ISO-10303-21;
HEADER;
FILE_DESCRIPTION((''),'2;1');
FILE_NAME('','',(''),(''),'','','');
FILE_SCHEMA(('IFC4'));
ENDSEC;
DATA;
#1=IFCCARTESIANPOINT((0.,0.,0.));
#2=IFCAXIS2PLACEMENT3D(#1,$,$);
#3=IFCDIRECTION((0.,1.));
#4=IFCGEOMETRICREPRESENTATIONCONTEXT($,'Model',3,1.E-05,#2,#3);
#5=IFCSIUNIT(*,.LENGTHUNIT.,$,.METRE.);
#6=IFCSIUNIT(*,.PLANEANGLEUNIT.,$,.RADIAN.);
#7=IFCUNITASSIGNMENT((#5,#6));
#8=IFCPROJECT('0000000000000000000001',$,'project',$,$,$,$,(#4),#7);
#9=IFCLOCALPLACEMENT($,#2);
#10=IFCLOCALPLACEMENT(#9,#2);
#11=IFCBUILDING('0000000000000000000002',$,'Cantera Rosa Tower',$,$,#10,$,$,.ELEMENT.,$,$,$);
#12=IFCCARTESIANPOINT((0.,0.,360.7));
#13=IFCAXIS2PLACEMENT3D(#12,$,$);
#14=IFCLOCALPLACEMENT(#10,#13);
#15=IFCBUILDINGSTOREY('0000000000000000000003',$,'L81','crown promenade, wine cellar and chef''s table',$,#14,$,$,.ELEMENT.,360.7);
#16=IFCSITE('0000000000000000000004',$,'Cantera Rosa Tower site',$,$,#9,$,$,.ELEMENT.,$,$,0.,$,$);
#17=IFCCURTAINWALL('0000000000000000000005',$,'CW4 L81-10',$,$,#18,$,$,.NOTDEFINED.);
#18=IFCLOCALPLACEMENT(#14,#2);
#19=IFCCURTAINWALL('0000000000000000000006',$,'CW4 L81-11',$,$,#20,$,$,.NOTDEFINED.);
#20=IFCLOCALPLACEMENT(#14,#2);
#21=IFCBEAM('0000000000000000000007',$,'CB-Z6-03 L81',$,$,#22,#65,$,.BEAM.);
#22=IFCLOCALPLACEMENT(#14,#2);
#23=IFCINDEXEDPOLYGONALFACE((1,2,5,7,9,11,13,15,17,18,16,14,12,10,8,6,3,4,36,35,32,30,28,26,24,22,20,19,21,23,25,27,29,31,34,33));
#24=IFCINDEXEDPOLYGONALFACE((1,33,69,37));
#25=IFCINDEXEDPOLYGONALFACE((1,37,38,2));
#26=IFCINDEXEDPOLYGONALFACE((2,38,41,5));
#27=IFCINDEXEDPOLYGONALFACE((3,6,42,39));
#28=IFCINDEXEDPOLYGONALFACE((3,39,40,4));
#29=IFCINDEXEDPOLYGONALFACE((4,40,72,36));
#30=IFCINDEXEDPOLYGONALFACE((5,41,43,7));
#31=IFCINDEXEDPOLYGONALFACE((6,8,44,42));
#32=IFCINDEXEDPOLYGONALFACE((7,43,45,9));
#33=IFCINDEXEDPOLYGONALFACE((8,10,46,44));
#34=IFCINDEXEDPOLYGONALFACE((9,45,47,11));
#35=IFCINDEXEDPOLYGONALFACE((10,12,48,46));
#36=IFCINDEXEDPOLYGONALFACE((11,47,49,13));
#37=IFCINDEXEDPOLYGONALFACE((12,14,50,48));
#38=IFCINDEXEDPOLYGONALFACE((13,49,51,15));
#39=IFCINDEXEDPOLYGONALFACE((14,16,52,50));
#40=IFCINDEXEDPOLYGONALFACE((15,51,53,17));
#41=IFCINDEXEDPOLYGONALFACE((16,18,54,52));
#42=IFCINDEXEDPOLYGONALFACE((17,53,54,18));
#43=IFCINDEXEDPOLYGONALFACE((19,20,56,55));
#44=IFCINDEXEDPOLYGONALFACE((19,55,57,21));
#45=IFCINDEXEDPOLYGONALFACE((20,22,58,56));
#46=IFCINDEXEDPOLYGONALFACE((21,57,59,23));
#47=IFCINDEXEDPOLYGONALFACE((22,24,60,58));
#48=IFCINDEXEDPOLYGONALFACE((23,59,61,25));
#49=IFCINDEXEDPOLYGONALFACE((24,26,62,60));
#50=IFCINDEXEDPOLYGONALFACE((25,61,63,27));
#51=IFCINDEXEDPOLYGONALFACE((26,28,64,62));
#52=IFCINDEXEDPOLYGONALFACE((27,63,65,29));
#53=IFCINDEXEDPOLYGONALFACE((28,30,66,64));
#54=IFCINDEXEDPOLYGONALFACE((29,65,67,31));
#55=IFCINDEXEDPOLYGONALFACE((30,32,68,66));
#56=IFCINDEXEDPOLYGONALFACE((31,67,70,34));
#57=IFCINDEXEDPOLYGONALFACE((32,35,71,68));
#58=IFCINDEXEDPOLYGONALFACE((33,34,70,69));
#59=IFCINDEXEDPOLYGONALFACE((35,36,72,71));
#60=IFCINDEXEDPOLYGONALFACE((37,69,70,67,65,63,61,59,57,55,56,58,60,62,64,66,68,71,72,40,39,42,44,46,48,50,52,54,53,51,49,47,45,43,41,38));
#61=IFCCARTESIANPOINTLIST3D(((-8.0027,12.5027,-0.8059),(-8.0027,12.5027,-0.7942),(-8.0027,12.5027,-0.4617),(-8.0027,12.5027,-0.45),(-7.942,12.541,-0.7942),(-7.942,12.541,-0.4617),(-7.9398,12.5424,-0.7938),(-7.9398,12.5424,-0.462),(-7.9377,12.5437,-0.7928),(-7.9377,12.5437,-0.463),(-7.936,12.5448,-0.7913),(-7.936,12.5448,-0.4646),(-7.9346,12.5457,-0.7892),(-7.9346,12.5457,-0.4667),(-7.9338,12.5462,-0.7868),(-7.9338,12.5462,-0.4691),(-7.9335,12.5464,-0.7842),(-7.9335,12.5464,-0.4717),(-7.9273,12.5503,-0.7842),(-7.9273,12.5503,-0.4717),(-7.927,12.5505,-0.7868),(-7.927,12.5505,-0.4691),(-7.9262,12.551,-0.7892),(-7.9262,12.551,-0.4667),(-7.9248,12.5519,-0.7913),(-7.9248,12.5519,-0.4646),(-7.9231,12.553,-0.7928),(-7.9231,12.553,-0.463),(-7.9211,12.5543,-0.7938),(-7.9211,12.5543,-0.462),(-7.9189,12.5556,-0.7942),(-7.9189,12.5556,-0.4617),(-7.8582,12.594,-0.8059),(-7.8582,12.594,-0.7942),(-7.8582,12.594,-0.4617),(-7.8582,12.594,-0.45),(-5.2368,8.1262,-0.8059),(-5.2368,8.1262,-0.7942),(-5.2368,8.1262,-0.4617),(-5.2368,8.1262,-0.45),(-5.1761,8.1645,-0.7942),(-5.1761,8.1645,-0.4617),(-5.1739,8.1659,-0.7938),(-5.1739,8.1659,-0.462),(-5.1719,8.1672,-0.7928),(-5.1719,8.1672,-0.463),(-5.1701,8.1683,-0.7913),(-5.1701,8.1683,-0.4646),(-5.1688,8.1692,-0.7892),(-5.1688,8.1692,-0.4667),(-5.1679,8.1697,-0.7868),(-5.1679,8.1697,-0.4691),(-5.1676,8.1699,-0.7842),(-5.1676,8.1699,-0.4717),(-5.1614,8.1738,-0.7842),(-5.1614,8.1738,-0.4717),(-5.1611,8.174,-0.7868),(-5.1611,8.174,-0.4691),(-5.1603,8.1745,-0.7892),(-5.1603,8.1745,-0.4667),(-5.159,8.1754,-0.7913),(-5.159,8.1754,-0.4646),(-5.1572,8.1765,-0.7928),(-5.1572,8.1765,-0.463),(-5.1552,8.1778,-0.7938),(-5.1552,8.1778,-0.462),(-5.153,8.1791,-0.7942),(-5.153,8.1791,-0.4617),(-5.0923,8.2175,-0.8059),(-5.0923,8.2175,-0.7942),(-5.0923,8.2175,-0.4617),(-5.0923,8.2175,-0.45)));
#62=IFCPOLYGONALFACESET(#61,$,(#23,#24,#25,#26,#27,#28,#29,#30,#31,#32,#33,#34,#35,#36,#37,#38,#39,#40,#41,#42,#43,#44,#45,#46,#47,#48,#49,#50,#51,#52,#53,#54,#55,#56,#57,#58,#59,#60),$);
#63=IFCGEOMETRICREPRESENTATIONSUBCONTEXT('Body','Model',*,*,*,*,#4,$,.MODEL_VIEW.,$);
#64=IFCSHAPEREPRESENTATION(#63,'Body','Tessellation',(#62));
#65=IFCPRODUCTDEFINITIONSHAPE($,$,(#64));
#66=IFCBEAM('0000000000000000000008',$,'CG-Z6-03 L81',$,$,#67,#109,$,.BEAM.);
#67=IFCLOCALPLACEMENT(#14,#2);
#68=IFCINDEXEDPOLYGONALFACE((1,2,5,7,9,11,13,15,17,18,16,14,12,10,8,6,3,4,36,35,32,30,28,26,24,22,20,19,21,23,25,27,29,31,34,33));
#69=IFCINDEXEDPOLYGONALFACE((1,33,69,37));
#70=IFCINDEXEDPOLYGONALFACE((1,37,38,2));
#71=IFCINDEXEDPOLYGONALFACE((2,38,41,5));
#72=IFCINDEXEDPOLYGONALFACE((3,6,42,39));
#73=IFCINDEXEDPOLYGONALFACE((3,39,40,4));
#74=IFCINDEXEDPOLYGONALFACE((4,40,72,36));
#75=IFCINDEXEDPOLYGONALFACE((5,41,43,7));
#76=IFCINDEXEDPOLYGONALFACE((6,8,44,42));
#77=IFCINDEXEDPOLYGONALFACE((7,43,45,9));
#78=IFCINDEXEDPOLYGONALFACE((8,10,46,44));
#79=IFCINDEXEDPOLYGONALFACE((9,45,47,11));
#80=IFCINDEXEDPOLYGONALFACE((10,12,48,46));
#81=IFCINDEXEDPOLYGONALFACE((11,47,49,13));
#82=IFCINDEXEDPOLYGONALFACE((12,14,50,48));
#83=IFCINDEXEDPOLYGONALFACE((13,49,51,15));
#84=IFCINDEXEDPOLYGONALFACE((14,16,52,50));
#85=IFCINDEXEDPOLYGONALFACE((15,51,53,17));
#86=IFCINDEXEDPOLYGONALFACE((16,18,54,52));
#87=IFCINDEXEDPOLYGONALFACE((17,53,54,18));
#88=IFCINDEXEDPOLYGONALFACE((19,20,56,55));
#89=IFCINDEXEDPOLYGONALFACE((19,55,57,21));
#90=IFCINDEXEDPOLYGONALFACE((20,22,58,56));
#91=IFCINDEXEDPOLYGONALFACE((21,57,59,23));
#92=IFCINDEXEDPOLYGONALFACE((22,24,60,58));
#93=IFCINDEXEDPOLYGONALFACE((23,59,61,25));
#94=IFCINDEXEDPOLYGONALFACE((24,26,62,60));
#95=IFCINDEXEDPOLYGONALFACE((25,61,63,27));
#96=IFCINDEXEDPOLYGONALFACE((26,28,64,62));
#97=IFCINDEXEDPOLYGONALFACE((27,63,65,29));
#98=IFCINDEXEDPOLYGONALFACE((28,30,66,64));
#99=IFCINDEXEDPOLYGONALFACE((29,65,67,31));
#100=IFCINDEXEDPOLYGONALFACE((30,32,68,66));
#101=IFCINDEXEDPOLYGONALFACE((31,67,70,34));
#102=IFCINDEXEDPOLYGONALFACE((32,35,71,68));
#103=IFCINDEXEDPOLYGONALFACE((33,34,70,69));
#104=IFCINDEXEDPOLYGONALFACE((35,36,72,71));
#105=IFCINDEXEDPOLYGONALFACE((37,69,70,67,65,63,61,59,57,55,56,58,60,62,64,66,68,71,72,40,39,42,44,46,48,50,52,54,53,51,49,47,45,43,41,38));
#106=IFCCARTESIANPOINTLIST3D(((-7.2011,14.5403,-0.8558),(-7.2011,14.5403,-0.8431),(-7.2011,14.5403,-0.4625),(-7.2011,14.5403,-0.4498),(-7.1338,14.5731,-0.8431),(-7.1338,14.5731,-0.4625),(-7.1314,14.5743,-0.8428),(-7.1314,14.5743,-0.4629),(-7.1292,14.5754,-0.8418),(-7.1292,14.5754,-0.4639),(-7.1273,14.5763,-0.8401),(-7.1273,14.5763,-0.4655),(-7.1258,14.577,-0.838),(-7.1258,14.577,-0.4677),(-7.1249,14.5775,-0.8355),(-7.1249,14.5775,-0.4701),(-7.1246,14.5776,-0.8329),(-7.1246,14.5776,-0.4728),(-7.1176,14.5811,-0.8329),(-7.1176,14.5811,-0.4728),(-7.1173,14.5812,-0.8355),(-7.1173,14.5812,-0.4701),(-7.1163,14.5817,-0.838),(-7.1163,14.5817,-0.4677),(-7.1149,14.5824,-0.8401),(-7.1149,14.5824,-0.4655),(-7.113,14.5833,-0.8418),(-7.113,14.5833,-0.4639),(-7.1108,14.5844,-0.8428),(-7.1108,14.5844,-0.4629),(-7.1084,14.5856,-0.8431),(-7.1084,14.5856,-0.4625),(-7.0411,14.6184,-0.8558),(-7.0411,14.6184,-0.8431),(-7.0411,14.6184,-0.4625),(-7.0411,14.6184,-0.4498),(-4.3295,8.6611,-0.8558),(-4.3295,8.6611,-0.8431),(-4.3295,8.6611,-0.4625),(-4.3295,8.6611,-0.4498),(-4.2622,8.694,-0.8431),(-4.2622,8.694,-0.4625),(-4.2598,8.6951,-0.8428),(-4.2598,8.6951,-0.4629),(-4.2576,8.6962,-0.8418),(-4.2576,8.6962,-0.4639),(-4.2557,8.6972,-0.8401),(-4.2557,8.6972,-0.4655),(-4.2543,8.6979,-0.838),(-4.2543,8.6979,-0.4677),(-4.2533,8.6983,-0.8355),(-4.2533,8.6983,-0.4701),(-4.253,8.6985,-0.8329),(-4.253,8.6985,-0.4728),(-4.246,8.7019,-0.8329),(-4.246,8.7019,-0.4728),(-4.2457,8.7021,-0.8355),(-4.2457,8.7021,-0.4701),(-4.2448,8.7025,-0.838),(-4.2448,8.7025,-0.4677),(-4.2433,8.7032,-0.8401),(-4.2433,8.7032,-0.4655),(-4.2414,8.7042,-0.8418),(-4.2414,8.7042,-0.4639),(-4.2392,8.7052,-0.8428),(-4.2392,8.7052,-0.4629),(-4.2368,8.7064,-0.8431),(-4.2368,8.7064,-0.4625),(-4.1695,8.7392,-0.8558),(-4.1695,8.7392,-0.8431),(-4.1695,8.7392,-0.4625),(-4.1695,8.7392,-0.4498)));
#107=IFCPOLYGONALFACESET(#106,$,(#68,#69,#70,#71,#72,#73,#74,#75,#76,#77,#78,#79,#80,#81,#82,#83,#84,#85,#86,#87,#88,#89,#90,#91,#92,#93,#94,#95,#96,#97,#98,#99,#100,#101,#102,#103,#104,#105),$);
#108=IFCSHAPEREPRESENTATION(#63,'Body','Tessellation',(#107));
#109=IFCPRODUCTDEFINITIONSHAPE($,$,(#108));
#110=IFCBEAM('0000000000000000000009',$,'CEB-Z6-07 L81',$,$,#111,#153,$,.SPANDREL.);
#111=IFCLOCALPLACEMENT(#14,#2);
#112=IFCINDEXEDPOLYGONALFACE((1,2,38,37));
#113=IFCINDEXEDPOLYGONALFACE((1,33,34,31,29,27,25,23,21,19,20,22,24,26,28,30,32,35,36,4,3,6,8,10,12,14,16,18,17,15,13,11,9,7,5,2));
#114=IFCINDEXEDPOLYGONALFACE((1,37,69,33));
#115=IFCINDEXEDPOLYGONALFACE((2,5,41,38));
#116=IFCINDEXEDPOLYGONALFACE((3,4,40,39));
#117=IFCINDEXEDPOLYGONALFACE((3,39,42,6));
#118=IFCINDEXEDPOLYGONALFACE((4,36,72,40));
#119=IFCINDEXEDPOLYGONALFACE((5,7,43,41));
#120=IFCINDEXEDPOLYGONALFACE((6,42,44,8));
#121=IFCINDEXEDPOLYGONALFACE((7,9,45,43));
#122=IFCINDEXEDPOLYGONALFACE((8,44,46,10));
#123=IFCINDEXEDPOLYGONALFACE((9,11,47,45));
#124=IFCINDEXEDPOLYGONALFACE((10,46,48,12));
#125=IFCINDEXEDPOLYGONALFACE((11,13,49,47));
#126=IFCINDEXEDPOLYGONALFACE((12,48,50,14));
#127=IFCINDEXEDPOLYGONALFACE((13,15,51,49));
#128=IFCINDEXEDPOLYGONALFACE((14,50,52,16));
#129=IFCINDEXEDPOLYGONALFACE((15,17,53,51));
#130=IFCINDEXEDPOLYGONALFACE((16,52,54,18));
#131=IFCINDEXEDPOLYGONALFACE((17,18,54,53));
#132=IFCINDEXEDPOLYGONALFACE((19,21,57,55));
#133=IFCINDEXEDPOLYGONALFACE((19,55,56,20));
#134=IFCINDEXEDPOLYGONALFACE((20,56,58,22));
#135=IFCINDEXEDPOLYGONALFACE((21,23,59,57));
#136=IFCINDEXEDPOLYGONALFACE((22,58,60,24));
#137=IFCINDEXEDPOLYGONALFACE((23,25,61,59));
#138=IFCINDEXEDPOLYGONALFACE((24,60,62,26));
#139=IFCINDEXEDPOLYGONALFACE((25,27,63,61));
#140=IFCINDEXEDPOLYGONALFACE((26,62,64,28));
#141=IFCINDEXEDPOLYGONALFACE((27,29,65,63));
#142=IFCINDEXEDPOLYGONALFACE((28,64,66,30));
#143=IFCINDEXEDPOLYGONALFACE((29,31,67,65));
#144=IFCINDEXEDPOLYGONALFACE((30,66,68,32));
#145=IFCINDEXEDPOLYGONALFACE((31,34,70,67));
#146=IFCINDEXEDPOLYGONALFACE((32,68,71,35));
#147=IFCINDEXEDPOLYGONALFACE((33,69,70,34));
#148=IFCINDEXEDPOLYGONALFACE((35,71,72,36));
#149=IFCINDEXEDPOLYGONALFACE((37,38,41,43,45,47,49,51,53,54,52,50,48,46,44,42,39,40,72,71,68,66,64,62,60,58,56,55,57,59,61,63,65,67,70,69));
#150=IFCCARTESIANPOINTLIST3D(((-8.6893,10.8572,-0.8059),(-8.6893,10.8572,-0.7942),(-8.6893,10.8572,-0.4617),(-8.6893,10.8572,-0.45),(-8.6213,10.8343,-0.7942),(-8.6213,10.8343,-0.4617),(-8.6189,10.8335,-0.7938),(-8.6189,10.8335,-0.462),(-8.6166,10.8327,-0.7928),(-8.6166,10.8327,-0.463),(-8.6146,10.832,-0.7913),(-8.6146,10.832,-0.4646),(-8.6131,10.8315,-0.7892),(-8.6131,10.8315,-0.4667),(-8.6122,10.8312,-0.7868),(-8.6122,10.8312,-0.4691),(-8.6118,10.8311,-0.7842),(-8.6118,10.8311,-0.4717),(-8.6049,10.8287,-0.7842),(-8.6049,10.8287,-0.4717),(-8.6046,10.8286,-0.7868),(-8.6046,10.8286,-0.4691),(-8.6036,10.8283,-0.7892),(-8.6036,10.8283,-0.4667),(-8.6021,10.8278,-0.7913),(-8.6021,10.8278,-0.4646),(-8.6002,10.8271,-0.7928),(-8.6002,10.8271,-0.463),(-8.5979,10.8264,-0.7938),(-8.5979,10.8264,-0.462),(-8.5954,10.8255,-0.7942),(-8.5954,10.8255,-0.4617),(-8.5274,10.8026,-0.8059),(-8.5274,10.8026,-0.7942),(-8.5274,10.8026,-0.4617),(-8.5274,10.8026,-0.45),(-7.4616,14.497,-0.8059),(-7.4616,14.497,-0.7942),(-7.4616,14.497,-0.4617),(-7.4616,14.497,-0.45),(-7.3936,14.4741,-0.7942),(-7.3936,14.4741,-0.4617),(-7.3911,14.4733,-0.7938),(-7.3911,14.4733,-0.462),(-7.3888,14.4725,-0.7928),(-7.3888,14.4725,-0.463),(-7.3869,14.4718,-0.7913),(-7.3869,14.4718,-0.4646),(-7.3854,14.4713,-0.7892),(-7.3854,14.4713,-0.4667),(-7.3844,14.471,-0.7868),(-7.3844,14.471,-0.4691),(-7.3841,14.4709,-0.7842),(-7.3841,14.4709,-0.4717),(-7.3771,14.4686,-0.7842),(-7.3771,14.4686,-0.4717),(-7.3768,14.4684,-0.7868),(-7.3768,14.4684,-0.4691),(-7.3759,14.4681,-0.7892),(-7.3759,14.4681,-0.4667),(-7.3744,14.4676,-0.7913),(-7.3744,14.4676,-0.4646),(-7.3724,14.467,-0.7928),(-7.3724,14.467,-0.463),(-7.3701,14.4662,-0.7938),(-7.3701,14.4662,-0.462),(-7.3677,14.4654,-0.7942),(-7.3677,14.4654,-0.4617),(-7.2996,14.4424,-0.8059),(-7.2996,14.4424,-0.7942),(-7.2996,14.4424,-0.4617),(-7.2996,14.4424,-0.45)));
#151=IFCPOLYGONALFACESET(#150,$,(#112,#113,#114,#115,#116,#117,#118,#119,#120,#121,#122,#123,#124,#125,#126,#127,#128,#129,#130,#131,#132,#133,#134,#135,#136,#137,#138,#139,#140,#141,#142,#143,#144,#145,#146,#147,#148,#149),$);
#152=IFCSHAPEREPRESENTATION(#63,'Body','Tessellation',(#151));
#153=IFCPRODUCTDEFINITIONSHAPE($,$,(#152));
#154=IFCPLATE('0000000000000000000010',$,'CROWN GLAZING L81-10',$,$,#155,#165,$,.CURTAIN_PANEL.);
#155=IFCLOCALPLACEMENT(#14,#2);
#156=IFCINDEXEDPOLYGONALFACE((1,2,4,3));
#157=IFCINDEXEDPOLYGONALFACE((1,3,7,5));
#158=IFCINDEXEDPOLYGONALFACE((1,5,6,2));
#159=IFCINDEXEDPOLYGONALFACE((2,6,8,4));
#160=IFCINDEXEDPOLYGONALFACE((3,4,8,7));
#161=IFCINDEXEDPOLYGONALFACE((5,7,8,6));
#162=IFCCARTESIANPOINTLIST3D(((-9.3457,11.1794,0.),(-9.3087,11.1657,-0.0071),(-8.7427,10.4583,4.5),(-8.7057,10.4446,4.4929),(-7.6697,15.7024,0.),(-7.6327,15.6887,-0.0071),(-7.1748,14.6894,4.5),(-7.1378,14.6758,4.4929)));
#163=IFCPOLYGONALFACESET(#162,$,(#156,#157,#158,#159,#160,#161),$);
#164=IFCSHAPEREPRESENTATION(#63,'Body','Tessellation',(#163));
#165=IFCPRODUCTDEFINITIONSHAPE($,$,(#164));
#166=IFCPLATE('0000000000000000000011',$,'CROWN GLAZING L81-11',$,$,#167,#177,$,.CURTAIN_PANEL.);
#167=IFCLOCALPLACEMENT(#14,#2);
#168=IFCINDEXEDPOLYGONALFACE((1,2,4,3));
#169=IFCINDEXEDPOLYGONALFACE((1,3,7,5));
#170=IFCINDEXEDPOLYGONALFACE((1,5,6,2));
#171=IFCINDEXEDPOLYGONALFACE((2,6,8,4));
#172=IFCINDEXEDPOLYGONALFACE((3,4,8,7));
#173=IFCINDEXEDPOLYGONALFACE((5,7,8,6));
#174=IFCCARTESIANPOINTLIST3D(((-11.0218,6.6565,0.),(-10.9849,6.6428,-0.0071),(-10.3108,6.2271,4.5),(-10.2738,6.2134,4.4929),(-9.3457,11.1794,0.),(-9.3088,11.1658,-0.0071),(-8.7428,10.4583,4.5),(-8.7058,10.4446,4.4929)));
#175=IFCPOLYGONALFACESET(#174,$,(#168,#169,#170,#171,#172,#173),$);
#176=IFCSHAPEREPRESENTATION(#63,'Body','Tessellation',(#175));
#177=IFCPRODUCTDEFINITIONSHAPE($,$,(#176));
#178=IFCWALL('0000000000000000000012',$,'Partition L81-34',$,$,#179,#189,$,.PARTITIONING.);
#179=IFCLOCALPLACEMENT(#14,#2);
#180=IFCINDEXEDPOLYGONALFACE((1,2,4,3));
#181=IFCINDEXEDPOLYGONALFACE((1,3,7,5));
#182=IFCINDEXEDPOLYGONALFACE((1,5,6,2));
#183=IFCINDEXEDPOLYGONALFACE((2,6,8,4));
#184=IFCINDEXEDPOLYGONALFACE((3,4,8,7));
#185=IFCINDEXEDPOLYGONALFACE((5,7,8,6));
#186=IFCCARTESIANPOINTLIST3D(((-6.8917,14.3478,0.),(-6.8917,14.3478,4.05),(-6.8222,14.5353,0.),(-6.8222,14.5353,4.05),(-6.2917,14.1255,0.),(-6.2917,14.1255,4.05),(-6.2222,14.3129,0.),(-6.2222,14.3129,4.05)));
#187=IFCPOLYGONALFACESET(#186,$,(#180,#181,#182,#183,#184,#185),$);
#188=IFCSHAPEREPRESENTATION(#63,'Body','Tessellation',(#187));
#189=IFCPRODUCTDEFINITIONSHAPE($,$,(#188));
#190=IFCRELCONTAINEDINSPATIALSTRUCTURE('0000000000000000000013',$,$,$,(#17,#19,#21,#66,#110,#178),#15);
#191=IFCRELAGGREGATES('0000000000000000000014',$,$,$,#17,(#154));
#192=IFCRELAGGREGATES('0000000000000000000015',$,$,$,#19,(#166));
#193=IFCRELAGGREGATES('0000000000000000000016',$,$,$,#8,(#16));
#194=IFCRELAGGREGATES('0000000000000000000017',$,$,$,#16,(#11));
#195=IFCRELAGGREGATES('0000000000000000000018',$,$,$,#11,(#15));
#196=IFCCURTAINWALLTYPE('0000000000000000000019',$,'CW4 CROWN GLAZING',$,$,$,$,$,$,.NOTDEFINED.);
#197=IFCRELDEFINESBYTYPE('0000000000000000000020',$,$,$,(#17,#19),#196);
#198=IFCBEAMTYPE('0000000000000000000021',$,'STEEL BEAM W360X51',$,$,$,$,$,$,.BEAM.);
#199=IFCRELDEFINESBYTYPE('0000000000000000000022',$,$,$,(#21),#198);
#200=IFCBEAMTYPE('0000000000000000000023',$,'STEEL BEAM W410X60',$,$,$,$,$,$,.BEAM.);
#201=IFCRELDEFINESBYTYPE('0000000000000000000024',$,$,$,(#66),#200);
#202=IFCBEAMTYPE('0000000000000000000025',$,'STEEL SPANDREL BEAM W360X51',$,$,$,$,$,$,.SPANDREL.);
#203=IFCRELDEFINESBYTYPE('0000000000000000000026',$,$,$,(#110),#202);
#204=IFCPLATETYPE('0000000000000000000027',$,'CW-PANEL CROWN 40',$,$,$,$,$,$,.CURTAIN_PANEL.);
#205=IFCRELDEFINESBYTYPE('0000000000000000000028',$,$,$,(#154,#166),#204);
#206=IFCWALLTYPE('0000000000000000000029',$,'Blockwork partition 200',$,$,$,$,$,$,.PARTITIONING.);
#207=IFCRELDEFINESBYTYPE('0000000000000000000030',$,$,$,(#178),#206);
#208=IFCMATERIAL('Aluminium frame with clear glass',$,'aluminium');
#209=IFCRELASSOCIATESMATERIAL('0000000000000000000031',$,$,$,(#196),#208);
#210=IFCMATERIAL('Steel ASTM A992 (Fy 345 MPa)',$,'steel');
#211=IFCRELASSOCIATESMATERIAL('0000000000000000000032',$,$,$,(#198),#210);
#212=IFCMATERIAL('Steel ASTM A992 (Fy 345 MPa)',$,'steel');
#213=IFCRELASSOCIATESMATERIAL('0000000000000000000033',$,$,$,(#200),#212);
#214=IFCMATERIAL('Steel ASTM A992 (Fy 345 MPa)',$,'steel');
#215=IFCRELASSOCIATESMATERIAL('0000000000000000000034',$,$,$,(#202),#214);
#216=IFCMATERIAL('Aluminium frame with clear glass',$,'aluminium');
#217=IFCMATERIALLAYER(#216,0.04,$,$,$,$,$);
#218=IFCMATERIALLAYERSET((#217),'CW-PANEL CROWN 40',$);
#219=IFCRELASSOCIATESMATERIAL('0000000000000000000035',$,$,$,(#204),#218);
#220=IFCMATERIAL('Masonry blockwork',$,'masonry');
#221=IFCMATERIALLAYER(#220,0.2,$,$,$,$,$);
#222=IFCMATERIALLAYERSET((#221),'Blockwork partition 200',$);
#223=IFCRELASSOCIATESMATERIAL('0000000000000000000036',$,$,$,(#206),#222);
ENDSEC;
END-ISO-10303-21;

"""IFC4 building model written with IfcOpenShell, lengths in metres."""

from ifc_helpers import new_model, si_unit, direction, frame, frame_2d, origin, origin_2d, place, context, subcontext, project, spatial, polyline, rectangle, i_section, outline, extrude, material, layer, layer_set, material_profile, profile_set, type_object, element, aggregate, save


model = new_model("IFC4")

# Units and contexts
model_context = context("Model", 3, precision=1e-05, world=origin(), true_north=direction((0.0, 1.0)))
body_context = subcontext(model_context, "Body", "Model", "MODEL_VIEW")
ifc_project = project(units=[si_unit("LENGTHUNIT", "METRE"), si_unit("PLANEANGLEUNIT", "RADIAN")], contexts=[model_context])

# Site, building, storey
site_placement = place(None, origin())
site = spatial("IfcSite", under=ifc_project, at=site_placement, Name="Cantera Rosa Tower site", CompositionType="ELEMENT", RefElevation=0.0)
building_placement = place(site_placement, origin())
building = spatial("IfcBuilding", under=site, at=building_placement, Name="Cantera Rosa Tower", CompositionType="ELEMENT")
storey_placement = place(building_placement, frame((0.0, 0.0, 360.7)))
storey = spatial("IfcBuildingStorey", under=building, at=storey_placement, Name="L81", Description="crown promenade, wine cellar and chef's table", CompositionType="ELEMENT", Elevation=360.7)

# Curtain walls
ifc_material_1 = material(Name="Aluminium frame with clear glass", Category="aluminium")
curtain_wall_type = type_object("IfcCurtainWallType", Name="CW4 CROWN GLAZING", PredefinedType="NOTDEFINED", material=ifc_material_1)
curtain_wall_1_placement = place(storey_placement, origin())
curtain_wall_1 = element("IfcCurtainWall", 1, at=curtain_wall_1_placement, inside=storey, type_object=curtain_wall_type, Name="CW4 L81-10", PredefinedType="NOTDEFINED")
curtain_wall_2_placement = place(storey_placement, origin())
curtain_wall_2 = element("IfcCurtainWall", 2, at=curtain_wall_2_placement, inside=storey, type_object=curtain_wall_type, Name="CW4 L81-11", PredefinedType="NOTDEFINED")

# Beams
ifc_material_2 = material(Name="Steel ASTM A992 (Fy 345 MPa)", Category="steel")
ifc_material_profile_1 = material_profile(ifc_material_2, i_section(OverallWidth=0.1709, OverallDepth=0.356, WebThickness=0.0073, FlangeThickness=0.0117, FilletRadius=0.01, at=origin_2d()), Name="W360X51")
ifc_profile_set_1 = profile_set([ifc_material_profile_1], Name="Steel ASTM A992 (Fy 345 MPa)")
beam_type_1 = type_object("IfcBeamType", Name="STEEL BEAM W360X51", PredefinedType="BEAM", material=ifc_profile_set_1)
beam_1_placement = place(storey_placement, frame((-7.9304, 12.5483, -0.6279), z_axis=(0.53424, -0.845333, 0.0), x_axis=(0.845333, 0.53424, 0.0)))
element("IfcBeam", 3, at=beam_1_placement, inside=storey, type_object=beam_type_1, Name="CB-Z6-03 L81", PredefinedType="BEAM", context=body_context, shape_type="SweptSolid", body=[
    extrude(i_section(OverallWidth=0.1709, OverallDepth=0.356, WebThickness=0.0073, FlangeThickness=0.0117, FilletRadius=0.01, at=origin_2d()), origin(), (0.0, 0.0, 1.0), 5.1772),
])
ifc_material_3 = material(Name="Steel ASTM A992 (Fy 345 MPa)", Category="steel")
ifc_material_profile_2 = material_profile(ifc_material_3, i_section(OverallWidth=0.178, OverallDepth=0.406, WebThickness=0.0078, FlangeThickness=0.0127, FilletRadius=0.0103, at=origin_2d()), Name="W410X60")
ifc_profile_set_2 = profile_set([ifc_material_profile_2], Name="Steel ASTM A992 (Fy 345 MPa)")
beam_type_2 = type_object("IfcBeamType", Name="STEEL BEAM W410X60", PredefinedType="BEAM", material=ifc_profile_set_2)
beam_2_placement = place(storey_placement, frame((-7.1211, 14.5793, -0.6528), z_axis=(0.438881, -0.898545, 0.0), x_axis=(0.898545, 0.438881, 0.0)))
element("IfcBeam", 4, at=beam_2_placement, inside=storey, type_object=beam_type_2, Name="CG-Z6-03 L81", PredefinedType="BEAM", context=body_context, shape_type="SweptSolid", body=[
    extrude(i_section(OverallWidth=0.178, OverallDepth=0.406, WebThickness=0.0078, FlangeThickness=0.0127, FilletRadius=0.0103, at=origin_2d()), origin(), (0.0, 0.0, 1.0), 6.543),
])
ifc_material_4 = material(Name="Steel ASTM A992 (Fy 345 MPa)", Category="steel")
ifc_material_profile_3 = material_profile(ifc_material_4, i_section(OverallWidth=0.1709, OverallDepth=0.356, WebThickness=0.0073, FlangeThickness=0.0117, FilletRadius=0.01, at=origin_2d()), Name="W360X51")
ifc_profile_set_3 = profile_set([ifc_material_profile_3], Name="Steel ASTM A992 (Fy 345 MPa)")
beam_type_3 = type_object("IfcBeamType", Name="STEEL SPANDREL BEAM W360X51", PredefinedType="SPANDREL", material=ifc_profile_set_3)
beam_3_placement = place(storey_placement, frame((-7.3806, 14.4697, -0.6279), z_axis=(-0.31962, -0.947546, 0.0), x_axis=(0.947546, -0.31962, 0.0)))
element("IfcBeam", 5, at=beam_3_placement, inside=storey, type_object=beam_type_3, Name="CEB-Z6-07 L81", PredefinedType="SPANDREL", context=body_context, shape_type="SweptSolid", body=[
    extrude(i_section(OverallWidth=0.1709, OverallDepth=0.356, WebThickness=0.0073, FlangeThickness=0.0117, FilletRadius=0.01, at=origin_2d()), origin(), (0.0, 0.0, 1.0), 3.8413),
])

# Plates
ifc_material_5 = material(Name="Aluminium frame with clear glass", Category="aluminium")
ifc_layer_1 = layer(ifc_material_5, 0.04)
ifc_layer_set_1 = layer_set([ifc_layer_1], Name="CW-PANEL CROWN 40")
plate_type = type_object("IfcPlateType", Name="CW-PANEL CROWN 40", PredefinedType="CURTAIN_PANEL", material=ifc_layer_set_1)
plate_1_placement = place(storey_placement, frame((-7.6697, 15.7024, 0.0), z_axis=(-0.922645, 0.341891, 0.178428), x_axis=(-0.347467, -0.937692, -0.000001)))
plate_1 = element("IfcPlate", 6, at=plate_1_placement, type_object=plate_type, Name="CROWN GLAZING L81-10", PredefinedType="CURTAIN_PANEL", context=body_context, shape_type="SweptSolid", body=[
    extrude(outline(polyline([(0.0, 0.0), (4.8235, 0.0), (5.2902, 4.5734), (0.7779, 4.5734), (0.0, 0.0)])), origin(), (0.0, 0.0, -1.0), 0.04),
])
plate_2_placement = place(storey_placement, frame((-9.3457, 11.1794, 0.0), z_axis=(-0.922639, 0.341914, 0.178415), x_axis=(-0.347489, -0.937684, 0.000004)))
plate_2 = element("IfcPlate", 7, at=plate_2_placement, type_object=plate_type, Name="CROWN GLAZING L81-11", PredefinedType="CURTAIN_PANEL", context=body_context, shape_type="SweptSolid", body=[
    extrude(outline(polyline([(0.0, 0.0), (4.8235, 0.0), (4.9792, 4.5734), (0.4667, 4.5734), (0.0, 0.0)])), origin(), (0.0, 0.0, -1.0), 0.04),
])

# Wall
ifc_material_6 = material(Name="Masonry blockwork", Category="masonry")
ifc_layer_2 = layer(ifc_material_6, 0.2)
ifc_layer_set_2 = layer_set([ifc_layer_2], Name="Blockwork partition 200")
wall_type = type_object("IfcWallType", Name="Blockwork partition 200", PredefinedType="PARTITIONING", material=ifc_layer_set_2)
wall_placement = place(storey_placement, frame((-6.2571, 14.2192, 0.0), z_axis=(0.0, 0.0, 1.0), x_axis=(-0.937671, 0.347526, 0.0)))
element("IfcWall", 8, at=wall_placement, inside=storey, type_object=wall_type, Name="Partition L81-34", PredefinedType="PARTITIONING", context=body_context, shape_type="SweptSolid", body=[
    extrude(rectangle(XDim=0.6399, YDim=0.2, at=frame_2d((0.3198, 0.0))), origin(), (0.0, 0.0, 1.0), 4.05),
])

aggregate(curtain_wall_1, [plate_1])
aggregate(curtain_wall_2, [plate_2])

save(model, "model.ifc")
